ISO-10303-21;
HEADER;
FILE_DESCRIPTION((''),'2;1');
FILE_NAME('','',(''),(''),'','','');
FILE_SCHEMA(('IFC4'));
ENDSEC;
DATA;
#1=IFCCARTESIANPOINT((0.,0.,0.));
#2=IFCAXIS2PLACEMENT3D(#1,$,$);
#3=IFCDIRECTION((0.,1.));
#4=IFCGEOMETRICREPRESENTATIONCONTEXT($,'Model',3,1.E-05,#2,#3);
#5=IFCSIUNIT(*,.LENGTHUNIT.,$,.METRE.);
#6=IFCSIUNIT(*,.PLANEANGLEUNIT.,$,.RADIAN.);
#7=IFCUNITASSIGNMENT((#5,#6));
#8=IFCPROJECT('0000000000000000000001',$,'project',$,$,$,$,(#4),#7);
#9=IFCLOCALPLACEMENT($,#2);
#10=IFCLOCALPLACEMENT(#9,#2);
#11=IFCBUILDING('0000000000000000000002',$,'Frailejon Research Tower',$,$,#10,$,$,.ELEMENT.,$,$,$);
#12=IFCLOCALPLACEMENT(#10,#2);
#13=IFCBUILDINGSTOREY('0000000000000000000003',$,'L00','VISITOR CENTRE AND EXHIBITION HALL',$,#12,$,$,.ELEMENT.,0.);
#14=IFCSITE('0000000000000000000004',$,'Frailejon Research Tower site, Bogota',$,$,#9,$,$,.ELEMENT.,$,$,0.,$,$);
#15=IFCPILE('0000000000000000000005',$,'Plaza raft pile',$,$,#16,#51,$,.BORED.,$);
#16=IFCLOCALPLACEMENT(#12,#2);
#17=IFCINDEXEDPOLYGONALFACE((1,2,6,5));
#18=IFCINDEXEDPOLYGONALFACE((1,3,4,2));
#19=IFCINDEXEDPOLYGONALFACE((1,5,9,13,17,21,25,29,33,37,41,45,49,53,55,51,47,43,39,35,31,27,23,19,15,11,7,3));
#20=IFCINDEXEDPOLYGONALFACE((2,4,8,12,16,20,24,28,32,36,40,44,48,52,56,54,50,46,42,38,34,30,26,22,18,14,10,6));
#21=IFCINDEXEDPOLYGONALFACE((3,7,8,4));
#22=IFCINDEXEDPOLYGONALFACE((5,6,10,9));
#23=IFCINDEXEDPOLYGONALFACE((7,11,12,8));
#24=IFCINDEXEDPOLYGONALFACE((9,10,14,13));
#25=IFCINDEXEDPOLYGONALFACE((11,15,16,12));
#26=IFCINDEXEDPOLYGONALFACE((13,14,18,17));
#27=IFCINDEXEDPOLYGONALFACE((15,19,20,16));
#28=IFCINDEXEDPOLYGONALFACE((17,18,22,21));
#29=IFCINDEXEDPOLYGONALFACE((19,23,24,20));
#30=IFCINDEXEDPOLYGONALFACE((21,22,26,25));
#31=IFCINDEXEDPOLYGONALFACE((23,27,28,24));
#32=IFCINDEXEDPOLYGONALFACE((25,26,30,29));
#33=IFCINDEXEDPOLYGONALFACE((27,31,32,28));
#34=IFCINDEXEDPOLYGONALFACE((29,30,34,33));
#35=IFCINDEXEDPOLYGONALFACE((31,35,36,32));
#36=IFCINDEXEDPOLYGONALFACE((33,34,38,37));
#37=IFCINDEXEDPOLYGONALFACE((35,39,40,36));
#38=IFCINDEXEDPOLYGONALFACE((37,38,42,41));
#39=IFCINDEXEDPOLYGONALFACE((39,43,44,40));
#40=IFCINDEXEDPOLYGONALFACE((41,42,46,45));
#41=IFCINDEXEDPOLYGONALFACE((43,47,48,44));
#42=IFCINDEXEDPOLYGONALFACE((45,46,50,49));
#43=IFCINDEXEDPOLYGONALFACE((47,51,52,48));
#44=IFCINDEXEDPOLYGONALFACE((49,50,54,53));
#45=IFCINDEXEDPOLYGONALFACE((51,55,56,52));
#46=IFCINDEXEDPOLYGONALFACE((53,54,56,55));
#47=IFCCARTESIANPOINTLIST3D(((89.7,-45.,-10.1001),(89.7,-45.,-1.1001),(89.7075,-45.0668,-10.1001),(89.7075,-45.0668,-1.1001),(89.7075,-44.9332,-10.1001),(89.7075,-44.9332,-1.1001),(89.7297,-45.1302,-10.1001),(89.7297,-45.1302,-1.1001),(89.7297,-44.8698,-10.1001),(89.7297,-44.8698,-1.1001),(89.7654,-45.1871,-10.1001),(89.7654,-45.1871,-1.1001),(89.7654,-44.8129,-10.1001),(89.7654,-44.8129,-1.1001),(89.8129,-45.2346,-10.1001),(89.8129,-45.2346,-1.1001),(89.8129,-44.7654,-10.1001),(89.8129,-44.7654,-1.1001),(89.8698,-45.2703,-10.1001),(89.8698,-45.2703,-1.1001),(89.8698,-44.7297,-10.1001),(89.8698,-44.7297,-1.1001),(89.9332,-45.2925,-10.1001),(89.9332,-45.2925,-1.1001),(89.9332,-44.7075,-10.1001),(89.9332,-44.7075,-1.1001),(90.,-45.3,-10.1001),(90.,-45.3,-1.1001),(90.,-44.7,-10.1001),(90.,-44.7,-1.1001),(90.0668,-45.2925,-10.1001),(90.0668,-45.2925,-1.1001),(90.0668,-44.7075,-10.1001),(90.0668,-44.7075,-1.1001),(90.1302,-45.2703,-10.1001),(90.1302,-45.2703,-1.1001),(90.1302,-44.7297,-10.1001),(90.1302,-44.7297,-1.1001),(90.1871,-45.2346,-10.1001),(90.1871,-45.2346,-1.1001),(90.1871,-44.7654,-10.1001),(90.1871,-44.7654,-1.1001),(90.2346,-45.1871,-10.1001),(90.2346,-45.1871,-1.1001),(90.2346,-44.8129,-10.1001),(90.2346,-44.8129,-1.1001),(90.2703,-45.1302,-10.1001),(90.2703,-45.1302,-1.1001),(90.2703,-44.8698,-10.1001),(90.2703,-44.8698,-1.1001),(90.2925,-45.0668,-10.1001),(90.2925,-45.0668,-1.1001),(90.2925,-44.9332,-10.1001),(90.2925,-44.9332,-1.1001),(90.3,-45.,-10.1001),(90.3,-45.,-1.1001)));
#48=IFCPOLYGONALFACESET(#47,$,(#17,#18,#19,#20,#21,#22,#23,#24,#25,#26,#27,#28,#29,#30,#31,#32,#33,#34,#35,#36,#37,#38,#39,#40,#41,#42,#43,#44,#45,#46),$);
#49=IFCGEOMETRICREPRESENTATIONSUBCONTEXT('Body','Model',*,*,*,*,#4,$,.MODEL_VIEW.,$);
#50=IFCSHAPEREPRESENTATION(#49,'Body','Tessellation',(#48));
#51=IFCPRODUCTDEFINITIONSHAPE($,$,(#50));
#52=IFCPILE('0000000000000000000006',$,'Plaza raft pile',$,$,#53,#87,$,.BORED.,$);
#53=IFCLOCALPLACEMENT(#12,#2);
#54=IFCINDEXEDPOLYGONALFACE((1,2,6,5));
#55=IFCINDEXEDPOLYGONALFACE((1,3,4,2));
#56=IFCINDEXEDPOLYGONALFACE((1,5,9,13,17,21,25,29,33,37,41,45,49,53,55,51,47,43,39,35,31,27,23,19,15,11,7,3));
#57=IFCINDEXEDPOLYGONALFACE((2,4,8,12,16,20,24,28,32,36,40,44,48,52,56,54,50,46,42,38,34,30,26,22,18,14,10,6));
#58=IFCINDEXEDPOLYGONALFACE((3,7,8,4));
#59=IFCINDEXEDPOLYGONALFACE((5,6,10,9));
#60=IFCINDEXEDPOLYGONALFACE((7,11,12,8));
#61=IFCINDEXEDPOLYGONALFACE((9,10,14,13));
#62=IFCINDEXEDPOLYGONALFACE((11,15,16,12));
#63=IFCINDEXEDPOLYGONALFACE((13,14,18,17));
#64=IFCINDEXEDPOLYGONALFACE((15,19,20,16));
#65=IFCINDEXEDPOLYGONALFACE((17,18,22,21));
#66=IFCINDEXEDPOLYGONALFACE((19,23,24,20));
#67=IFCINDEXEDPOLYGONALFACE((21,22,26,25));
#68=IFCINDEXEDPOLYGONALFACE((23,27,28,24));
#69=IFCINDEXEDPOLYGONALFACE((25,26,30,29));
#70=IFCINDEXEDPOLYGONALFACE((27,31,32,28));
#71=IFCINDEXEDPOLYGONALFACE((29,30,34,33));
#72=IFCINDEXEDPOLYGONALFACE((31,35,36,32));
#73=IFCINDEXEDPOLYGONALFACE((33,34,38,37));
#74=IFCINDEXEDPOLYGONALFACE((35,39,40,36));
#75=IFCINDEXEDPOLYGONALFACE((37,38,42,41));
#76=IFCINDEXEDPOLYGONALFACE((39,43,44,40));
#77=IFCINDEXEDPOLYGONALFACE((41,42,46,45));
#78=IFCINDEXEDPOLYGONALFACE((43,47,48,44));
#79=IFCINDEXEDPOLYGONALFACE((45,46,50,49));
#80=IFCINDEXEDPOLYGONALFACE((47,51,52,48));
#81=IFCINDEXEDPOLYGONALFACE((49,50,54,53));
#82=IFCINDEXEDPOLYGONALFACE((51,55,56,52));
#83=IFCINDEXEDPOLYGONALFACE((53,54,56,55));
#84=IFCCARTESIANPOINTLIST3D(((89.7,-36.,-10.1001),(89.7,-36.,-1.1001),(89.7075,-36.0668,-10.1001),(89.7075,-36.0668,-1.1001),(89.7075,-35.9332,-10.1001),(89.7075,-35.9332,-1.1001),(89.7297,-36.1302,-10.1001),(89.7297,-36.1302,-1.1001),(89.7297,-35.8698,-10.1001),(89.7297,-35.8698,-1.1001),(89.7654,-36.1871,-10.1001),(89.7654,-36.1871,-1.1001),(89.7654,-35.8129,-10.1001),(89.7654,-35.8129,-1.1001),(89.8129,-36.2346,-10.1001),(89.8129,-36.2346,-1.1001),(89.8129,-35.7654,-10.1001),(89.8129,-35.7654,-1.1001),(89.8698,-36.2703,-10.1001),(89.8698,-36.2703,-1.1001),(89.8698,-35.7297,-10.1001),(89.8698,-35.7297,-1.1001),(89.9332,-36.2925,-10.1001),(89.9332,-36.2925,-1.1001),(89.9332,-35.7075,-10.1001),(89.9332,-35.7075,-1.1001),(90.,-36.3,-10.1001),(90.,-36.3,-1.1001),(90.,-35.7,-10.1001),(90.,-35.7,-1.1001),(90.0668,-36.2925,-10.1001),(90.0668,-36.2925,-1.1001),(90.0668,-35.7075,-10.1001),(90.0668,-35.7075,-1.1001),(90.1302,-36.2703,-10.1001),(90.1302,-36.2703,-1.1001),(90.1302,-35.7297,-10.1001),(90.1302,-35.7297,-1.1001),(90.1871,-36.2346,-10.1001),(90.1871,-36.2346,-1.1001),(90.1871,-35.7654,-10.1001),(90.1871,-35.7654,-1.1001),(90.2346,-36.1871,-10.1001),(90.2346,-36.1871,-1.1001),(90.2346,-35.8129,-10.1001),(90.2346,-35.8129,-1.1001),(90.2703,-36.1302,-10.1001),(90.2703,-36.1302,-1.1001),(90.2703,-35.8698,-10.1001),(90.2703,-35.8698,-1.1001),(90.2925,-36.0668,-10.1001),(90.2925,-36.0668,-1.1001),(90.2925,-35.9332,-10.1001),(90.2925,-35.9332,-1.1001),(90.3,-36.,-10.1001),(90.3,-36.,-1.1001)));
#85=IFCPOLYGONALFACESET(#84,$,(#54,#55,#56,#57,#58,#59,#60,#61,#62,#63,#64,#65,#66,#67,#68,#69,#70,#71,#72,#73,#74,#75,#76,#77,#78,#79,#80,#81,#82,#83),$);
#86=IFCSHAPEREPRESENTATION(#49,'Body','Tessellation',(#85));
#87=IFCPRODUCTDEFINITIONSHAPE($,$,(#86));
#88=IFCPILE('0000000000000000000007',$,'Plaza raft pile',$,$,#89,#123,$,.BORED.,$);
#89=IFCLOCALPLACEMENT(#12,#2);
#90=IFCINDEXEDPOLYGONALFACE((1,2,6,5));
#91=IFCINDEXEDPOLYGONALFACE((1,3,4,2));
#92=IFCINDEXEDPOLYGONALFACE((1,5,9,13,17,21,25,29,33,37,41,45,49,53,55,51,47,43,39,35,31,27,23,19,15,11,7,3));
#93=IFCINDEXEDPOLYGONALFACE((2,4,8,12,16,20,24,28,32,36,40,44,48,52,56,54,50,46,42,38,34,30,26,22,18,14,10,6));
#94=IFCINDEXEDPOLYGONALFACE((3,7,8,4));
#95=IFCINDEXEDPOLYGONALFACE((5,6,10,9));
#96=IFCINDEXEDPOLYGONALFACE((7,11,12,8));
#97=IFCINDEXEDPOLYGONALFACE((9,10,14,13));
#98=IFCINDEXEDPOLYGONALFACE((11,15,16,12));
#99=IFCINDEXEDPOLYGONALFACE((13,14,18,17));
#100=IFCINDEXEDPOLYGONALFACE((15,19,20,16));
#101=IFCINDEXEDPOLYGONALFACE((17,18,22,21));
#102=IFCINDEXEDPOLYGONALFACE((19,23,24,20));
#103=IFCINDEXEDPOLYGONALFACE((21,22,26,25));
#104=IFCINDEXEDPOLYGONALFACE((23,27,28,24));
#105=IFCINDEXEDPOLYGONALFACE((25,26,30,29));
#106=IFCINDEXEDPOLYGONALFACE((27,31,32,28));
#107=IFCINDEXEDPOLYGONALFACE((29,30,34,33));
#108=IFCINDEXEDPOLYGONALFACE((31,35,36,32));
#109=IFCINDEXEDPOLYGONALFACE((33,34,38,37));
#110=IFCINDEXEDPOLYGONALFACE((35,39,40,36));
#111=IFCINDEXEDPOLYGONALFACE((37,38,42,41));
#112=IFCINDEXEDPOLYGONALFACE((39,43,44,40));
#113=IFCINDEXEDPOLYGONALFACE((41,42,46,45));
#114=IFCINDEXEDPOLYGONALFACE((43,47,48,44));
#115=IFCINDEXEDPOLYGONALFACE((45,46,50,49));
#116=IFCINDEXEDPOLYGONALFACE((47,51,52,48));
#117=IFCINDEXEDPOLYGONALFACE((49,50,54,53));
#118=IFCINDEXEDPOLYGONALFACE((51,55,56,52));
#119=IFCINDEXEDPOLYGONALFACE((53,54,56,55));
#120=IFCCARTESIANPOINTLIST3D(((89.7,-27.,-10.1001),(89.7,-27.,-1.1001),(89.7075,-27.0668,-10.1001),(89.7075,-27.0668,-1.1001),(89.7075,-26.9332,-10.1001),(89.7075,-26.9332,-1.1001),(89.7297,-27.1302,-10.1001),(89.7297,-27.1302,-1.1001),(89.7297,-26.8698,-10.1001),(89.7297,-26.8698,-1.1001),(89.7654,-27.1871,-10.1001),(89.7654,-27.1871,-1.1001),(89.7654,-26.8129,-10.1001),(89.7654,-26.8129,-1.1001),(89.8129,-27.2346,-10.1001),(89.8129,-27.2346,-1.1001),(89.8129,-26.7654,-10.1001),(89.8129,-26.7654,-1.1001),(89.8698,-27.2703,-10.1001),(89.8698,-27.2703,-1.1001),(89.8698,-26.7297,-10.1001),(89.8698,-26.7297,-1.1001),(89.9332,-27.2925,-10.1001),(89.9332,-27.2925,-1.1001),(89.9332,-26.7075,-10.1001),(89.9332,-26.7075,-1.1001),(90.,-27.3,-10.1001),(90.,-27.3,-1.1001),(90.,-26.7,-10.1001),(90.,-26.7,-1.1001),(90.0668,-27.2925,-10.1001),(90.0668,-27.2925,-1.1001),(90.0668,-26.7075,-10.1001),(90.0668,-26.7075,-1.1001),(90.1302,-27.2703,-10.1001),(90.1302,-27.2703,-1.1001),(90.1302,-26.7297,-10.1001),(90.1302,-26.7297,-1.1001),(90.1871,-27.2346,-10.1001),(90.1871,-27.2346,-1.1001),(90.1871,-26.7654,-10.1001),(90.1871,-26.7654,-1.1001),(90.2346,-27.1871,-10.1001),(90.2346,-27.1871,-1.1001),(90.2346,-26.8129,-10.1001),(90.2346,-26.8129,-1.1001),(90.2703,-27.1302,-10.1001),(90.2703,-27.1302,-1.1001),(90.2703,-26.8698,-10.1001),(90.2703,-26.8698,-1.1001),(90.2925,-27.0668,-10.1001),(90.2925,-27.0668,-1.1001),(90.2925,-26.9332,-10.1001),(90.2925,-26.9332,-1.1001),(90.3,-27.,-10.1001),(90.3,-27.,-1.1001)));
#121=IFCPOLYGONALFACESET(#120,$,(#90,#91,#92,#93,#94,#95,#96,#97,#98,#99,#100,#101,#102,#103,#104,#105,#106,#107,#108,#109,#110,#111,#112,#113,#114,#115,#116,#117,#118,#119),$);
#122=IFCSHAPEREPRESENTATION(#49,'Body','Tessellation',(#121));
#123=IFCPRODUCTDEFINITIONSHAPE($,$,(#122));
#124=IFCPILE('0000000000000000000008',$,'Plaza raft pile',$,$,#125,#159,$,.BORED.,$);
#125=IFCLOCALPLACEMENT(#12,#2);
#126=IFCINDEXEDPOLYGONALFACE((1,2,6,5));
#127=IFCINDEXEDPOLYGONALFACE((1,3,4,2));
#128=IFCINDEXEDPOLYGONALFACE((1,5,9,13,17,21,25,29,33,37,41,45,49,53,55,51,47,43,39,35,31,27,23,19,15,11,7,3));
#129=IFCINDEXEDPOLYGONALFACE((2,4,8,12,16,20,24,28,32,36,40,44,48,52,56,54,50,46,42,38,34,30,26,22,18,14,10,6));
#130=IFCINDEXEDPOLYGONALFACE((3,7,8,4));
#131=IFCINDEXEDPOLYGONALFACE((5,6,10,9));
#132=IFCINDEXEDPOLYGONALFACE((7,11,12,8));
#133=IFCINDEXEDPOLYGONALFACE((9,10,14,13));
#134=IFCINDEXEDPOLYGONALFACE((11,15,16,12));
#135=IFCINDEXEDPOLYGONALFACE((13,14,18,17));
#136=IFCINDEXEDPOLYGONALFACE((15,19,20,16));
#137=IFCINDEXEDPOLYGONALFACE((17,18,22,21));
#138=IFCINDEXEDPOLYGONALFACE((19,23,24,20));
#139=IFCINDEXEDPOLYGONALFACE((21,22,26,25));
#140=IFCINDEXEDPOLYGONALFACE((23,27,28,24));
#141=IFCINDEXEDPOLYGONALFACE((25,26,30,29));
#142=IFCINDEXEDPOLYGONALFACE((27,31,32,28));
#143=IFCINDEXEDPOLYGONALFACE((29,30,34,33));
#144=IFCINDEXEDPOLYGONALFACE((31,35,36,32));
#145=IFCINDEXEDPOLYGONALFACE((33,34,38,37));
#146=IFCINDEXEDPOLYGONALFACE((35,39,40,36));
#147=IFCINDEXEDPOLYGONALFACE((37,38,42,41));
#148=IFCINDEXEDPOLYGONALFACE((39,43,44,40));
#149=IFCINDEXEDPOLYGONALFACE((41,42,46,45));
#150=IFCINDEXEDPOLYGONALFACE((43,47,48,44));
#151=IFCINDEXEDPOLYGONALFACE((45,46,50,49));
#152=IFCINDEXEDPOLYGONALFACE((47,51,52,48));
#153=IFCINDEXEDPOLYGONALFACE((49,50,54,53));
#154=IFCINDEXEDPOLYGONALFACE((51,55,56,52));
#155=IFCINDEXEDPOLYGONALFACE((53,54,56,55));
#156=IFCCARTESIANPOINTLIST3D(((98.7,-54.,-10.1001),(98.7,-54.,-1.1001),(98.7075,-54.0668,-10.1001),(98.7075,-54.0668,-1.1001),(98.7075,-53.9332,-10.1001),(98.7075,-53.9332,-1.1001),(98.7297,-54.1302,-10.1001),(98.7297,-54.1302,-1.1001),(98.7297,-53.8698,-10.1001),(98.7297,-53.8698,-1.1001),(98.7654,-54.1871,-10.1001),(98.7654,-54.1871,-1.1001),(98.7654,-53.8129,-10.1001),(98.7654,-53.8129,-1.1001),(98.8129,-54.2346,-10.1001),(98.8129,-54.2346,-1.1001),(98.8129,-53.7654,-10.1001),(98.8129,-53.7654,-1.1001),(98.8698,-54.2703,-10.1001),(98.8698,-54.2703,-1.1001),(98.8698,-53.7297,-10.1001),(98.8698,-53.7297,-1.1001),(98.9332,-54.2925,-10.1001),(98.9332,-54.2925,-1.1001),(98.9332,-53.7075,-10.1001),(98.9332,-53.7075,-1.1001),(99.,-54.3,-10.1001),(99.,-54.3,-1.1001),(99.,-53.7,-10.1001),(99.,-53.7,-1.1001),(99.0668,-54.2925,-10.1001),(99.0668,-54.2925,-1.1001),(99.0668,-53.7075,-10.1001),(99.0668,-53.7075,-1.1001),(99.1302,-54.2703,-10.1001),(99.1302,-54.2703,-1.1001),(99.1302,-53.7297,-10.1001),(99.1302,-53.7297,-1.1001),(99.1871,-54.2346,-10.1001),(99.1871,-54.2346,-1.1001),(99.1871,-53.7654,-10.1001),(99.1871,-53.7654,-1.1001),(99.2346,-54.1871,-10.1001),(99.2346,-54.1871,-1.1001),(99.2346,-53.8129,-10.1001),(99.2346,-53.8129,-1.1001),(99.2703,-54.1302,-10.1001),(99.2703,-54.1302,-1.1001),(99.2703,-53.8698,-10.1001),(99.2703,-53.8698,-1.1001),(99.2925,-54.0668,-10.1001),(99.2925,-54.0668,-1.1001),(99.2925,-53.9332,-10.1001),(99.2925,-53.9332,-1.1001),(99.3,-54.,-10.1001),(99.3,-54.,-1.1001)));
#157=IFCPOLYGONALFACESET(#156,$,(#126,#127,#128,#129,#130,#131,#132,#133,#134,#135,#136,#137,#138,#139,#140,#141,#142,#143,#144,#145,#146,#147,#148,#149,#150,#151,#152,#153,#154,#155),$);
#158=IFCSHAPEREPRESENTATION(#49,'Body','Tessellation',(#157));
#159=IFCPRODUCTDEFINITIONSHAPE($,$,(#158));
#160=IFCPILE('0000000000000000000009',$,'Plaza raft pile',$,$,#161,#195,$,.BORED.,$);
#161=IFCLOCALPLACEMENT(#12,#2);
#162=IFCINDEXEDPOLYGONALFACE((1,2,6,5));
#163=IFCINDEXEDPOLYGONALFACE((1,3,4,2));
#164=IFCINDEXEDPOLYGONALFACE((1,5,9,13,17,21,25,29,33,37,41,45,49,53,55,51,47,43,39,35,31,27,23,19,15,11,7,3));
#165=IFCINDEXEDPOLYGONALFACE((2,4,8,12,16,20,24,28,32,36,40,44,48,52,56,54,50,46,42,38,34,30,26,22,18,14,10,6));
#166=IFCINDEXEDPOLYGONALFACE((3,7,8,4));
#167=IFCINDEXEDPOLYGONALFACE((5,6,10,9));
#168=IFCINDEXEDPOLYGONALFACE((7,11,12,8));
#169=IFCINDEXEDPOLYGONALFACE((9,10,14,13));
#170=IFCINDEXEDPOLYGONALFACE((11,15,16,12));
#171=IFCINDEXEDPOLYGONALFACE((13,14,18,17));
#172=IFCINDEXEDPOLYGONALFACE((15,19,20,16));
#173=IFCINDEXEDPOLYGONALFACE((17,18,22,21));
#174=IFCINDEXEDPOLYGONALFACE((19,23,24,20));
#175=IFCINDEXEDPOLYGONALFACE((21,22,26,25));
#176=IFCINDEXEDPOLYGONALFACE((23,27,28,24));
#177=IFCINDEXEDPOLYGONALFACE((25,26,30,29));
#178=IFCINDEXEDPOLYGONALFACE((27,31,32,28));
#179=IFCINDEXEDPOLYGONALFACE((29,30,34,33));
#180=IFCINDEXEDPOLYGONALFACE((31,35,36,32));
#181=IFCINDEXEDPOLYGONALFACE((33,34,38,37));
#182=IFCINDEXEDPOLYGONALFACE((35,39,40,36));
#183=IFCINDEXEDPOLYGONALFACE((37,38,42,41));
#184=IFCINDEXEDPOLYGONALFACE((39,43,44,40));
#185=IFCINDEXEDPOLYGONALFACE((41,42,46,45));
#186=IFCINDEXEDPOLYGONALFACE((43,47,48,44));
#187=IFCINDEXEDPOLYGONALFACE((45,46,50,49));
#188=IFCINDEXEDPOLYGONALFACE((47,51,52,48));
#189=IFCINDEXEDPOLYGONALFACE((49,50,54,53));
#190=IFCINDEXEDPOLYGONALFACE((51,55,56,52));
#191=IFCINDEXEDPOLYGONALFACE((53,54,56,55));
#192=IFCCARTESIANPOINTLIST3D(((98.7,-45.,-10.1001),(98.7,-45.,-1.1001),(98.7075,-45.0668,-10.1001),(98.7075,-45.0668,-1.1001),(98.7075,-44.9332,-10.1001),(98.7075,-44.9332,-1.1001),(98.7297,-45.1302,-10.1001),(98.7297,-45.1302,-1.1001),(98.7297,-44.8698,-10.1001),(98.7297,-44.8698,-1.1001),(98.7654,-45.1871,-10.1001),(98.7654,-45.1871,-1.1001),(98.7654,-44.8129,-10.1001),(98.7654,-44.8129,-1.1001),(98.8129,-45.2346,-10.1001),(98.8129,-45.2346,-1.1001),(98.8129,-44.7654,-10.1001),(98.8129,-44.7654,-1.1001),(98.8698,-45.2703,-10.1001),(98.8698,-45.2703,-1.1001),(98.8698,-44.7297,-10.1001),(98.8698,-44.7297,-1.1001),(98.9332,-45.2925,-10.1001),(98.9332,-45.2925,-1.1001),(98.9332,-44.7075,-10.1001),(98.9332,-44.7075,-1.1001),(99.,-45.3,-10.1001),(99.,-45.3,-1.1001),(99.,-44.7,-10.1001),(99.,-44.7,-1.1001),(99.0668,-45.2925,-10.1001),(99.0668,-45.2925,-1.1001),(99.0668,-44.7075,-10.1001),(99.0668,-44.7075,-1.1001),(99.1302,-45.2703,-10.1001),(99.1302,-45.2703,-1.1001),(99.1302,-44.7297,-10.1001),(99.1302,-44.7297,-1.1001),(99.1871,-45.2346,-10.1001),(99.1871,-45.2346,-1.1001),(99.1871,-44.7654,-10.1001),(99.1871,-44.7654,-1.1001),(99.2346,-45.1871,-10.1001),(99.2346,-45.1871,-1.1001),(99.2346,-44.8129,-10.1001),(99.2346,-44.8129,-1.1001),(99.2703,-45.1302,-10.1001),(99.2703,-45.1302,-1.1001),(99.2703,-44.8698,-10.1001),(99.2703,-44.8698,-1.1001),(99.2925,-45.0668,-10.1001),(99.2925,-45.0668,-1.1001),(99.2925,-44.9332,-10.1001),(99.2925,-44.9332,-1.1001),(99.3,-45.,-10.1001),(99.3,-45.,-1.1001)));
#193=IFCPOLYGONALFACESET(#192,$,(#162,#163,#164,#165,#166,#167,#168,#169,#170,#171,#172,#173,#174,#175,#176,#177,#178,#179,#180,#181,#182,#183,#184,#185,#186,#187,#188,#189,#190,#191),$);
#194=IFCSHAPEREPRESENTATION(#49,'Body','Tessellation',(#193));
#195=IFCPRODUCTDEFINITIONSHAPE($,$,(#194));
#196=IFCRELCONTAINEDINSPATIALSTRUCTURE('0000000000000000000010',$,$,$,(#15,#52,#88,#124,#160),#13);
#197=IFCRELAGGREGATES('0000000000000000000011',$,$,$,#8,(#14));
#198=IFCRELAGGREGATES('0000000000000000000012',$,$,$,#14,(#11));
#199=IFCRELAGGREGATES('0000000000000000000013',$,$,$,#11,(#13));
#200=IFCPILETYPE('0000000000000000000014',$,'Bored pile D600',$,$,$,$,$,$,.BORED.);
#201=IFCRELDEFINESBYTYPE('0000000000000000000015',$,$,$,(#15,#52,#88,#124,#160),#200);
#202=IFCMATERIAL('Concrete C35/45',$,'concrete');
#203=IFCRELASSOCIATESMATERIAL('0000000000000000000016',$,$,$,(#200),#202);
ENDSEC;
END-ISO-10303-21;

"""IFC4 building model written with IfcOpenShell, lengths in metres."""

from ifc_helpers import new_model, si_unit, direction, frame, origin, origin_2d, place, context, subcontext, project, spatial, circle, extrude, material, material_profile, profile_set, type_object, element, save


model = new_model("IFC4")

# Units and contexts
model_context = context("Model", 3, precision=1e-05, world=origin(), true_north=direction((0.0, 1.0)))
body_context = subcontext(model_context, "Body", "Model", "MODEL_VIEW")
ifc_project = project(units=[si_unit("LENGTHUNIT", "METRE"), si_unit("PLANEANGLEUNIT", "RADIAN")], contexts=[model_context])

# Site, building, storey
site_placement = place(None, origin())
site = spatial("IfcSite", under=ifc_project, at=site_placement, Name="Frailejon Research Tower site, Bogota", CompositionType="ELEMENT", RefElevation=0.0)
building_placement = place(site_placement, origin())
building = spatial("IfcBuilding", under=site, at=building_placement, Name="Frailejon Research Tower", CompositionType="ELEMENT")
storey_placement = place(building_placement, origin())
storey = spatial("IfcBuildingStorey", under=building, at=storey_placement, Name="L00", Description="VISITOR CENTRE AND EXHIBITION HALL", CompositionType="ELEMENT", Elevation=0.0)

# Piles
ifc_material = material(Name="Concrete C35/45", Category="concrete")
ifc_material_profile = material_profile(ifc_material, circle(Radius=0.3, at=origin_2d()), Name="Bored pile D600")
ifc_profile_set = profile_set([ifc_material_profile], Name="Concrete C35/45")
pile_type = type_object("IfcPileType", Name="Bored pile D600", PredefinedType="BORED", material=ifc_profile_set)
for number, where, z_axis, x_axis, name in (
    (1, (90.0, -45.0, -1.1001), (0.0, 0.0, -1.0), (1.0, 0.0, 0.0), "Plaza raft pile"),
    (2, (90.0, -36.0, -1.1001), (0.0, 0.0, -1.0), (1.0, 0.0, 0.0), "Plaza raft pile"),
    (3, (90.0, -27.0, -1.1001), (0.0, 0.0, -1.0), (1.0, 0.0, 0.0), "Plaza raft pile"),
    (4, (99.0, -54.0, -1.1001), (0.0, 0.0, -1.0), (1.0, 0.0, 0.0), "Plaza raft pile"),
    (5, (99.0, -45.0, -1.1001), (0.0, 0.0, -1.0), (1.0, 0.0, 0.0), "Plaza raft pile"),
):
    element("IfcPile", number, at=place(storey_placement, frame(where, z_axis=z_axis, x_axis=x_axis)), inside=storey, type_object=pile_type, Name=name, PredefinedType="BORED", context=body_context, shape_type="SweptSolid", body=[
        extrude(circle(Radius=0.3, at=origin_2d()), origin(), (0.0, 0.0, 1.0), 9.0),
    ])

save(model, "model.ifc")
